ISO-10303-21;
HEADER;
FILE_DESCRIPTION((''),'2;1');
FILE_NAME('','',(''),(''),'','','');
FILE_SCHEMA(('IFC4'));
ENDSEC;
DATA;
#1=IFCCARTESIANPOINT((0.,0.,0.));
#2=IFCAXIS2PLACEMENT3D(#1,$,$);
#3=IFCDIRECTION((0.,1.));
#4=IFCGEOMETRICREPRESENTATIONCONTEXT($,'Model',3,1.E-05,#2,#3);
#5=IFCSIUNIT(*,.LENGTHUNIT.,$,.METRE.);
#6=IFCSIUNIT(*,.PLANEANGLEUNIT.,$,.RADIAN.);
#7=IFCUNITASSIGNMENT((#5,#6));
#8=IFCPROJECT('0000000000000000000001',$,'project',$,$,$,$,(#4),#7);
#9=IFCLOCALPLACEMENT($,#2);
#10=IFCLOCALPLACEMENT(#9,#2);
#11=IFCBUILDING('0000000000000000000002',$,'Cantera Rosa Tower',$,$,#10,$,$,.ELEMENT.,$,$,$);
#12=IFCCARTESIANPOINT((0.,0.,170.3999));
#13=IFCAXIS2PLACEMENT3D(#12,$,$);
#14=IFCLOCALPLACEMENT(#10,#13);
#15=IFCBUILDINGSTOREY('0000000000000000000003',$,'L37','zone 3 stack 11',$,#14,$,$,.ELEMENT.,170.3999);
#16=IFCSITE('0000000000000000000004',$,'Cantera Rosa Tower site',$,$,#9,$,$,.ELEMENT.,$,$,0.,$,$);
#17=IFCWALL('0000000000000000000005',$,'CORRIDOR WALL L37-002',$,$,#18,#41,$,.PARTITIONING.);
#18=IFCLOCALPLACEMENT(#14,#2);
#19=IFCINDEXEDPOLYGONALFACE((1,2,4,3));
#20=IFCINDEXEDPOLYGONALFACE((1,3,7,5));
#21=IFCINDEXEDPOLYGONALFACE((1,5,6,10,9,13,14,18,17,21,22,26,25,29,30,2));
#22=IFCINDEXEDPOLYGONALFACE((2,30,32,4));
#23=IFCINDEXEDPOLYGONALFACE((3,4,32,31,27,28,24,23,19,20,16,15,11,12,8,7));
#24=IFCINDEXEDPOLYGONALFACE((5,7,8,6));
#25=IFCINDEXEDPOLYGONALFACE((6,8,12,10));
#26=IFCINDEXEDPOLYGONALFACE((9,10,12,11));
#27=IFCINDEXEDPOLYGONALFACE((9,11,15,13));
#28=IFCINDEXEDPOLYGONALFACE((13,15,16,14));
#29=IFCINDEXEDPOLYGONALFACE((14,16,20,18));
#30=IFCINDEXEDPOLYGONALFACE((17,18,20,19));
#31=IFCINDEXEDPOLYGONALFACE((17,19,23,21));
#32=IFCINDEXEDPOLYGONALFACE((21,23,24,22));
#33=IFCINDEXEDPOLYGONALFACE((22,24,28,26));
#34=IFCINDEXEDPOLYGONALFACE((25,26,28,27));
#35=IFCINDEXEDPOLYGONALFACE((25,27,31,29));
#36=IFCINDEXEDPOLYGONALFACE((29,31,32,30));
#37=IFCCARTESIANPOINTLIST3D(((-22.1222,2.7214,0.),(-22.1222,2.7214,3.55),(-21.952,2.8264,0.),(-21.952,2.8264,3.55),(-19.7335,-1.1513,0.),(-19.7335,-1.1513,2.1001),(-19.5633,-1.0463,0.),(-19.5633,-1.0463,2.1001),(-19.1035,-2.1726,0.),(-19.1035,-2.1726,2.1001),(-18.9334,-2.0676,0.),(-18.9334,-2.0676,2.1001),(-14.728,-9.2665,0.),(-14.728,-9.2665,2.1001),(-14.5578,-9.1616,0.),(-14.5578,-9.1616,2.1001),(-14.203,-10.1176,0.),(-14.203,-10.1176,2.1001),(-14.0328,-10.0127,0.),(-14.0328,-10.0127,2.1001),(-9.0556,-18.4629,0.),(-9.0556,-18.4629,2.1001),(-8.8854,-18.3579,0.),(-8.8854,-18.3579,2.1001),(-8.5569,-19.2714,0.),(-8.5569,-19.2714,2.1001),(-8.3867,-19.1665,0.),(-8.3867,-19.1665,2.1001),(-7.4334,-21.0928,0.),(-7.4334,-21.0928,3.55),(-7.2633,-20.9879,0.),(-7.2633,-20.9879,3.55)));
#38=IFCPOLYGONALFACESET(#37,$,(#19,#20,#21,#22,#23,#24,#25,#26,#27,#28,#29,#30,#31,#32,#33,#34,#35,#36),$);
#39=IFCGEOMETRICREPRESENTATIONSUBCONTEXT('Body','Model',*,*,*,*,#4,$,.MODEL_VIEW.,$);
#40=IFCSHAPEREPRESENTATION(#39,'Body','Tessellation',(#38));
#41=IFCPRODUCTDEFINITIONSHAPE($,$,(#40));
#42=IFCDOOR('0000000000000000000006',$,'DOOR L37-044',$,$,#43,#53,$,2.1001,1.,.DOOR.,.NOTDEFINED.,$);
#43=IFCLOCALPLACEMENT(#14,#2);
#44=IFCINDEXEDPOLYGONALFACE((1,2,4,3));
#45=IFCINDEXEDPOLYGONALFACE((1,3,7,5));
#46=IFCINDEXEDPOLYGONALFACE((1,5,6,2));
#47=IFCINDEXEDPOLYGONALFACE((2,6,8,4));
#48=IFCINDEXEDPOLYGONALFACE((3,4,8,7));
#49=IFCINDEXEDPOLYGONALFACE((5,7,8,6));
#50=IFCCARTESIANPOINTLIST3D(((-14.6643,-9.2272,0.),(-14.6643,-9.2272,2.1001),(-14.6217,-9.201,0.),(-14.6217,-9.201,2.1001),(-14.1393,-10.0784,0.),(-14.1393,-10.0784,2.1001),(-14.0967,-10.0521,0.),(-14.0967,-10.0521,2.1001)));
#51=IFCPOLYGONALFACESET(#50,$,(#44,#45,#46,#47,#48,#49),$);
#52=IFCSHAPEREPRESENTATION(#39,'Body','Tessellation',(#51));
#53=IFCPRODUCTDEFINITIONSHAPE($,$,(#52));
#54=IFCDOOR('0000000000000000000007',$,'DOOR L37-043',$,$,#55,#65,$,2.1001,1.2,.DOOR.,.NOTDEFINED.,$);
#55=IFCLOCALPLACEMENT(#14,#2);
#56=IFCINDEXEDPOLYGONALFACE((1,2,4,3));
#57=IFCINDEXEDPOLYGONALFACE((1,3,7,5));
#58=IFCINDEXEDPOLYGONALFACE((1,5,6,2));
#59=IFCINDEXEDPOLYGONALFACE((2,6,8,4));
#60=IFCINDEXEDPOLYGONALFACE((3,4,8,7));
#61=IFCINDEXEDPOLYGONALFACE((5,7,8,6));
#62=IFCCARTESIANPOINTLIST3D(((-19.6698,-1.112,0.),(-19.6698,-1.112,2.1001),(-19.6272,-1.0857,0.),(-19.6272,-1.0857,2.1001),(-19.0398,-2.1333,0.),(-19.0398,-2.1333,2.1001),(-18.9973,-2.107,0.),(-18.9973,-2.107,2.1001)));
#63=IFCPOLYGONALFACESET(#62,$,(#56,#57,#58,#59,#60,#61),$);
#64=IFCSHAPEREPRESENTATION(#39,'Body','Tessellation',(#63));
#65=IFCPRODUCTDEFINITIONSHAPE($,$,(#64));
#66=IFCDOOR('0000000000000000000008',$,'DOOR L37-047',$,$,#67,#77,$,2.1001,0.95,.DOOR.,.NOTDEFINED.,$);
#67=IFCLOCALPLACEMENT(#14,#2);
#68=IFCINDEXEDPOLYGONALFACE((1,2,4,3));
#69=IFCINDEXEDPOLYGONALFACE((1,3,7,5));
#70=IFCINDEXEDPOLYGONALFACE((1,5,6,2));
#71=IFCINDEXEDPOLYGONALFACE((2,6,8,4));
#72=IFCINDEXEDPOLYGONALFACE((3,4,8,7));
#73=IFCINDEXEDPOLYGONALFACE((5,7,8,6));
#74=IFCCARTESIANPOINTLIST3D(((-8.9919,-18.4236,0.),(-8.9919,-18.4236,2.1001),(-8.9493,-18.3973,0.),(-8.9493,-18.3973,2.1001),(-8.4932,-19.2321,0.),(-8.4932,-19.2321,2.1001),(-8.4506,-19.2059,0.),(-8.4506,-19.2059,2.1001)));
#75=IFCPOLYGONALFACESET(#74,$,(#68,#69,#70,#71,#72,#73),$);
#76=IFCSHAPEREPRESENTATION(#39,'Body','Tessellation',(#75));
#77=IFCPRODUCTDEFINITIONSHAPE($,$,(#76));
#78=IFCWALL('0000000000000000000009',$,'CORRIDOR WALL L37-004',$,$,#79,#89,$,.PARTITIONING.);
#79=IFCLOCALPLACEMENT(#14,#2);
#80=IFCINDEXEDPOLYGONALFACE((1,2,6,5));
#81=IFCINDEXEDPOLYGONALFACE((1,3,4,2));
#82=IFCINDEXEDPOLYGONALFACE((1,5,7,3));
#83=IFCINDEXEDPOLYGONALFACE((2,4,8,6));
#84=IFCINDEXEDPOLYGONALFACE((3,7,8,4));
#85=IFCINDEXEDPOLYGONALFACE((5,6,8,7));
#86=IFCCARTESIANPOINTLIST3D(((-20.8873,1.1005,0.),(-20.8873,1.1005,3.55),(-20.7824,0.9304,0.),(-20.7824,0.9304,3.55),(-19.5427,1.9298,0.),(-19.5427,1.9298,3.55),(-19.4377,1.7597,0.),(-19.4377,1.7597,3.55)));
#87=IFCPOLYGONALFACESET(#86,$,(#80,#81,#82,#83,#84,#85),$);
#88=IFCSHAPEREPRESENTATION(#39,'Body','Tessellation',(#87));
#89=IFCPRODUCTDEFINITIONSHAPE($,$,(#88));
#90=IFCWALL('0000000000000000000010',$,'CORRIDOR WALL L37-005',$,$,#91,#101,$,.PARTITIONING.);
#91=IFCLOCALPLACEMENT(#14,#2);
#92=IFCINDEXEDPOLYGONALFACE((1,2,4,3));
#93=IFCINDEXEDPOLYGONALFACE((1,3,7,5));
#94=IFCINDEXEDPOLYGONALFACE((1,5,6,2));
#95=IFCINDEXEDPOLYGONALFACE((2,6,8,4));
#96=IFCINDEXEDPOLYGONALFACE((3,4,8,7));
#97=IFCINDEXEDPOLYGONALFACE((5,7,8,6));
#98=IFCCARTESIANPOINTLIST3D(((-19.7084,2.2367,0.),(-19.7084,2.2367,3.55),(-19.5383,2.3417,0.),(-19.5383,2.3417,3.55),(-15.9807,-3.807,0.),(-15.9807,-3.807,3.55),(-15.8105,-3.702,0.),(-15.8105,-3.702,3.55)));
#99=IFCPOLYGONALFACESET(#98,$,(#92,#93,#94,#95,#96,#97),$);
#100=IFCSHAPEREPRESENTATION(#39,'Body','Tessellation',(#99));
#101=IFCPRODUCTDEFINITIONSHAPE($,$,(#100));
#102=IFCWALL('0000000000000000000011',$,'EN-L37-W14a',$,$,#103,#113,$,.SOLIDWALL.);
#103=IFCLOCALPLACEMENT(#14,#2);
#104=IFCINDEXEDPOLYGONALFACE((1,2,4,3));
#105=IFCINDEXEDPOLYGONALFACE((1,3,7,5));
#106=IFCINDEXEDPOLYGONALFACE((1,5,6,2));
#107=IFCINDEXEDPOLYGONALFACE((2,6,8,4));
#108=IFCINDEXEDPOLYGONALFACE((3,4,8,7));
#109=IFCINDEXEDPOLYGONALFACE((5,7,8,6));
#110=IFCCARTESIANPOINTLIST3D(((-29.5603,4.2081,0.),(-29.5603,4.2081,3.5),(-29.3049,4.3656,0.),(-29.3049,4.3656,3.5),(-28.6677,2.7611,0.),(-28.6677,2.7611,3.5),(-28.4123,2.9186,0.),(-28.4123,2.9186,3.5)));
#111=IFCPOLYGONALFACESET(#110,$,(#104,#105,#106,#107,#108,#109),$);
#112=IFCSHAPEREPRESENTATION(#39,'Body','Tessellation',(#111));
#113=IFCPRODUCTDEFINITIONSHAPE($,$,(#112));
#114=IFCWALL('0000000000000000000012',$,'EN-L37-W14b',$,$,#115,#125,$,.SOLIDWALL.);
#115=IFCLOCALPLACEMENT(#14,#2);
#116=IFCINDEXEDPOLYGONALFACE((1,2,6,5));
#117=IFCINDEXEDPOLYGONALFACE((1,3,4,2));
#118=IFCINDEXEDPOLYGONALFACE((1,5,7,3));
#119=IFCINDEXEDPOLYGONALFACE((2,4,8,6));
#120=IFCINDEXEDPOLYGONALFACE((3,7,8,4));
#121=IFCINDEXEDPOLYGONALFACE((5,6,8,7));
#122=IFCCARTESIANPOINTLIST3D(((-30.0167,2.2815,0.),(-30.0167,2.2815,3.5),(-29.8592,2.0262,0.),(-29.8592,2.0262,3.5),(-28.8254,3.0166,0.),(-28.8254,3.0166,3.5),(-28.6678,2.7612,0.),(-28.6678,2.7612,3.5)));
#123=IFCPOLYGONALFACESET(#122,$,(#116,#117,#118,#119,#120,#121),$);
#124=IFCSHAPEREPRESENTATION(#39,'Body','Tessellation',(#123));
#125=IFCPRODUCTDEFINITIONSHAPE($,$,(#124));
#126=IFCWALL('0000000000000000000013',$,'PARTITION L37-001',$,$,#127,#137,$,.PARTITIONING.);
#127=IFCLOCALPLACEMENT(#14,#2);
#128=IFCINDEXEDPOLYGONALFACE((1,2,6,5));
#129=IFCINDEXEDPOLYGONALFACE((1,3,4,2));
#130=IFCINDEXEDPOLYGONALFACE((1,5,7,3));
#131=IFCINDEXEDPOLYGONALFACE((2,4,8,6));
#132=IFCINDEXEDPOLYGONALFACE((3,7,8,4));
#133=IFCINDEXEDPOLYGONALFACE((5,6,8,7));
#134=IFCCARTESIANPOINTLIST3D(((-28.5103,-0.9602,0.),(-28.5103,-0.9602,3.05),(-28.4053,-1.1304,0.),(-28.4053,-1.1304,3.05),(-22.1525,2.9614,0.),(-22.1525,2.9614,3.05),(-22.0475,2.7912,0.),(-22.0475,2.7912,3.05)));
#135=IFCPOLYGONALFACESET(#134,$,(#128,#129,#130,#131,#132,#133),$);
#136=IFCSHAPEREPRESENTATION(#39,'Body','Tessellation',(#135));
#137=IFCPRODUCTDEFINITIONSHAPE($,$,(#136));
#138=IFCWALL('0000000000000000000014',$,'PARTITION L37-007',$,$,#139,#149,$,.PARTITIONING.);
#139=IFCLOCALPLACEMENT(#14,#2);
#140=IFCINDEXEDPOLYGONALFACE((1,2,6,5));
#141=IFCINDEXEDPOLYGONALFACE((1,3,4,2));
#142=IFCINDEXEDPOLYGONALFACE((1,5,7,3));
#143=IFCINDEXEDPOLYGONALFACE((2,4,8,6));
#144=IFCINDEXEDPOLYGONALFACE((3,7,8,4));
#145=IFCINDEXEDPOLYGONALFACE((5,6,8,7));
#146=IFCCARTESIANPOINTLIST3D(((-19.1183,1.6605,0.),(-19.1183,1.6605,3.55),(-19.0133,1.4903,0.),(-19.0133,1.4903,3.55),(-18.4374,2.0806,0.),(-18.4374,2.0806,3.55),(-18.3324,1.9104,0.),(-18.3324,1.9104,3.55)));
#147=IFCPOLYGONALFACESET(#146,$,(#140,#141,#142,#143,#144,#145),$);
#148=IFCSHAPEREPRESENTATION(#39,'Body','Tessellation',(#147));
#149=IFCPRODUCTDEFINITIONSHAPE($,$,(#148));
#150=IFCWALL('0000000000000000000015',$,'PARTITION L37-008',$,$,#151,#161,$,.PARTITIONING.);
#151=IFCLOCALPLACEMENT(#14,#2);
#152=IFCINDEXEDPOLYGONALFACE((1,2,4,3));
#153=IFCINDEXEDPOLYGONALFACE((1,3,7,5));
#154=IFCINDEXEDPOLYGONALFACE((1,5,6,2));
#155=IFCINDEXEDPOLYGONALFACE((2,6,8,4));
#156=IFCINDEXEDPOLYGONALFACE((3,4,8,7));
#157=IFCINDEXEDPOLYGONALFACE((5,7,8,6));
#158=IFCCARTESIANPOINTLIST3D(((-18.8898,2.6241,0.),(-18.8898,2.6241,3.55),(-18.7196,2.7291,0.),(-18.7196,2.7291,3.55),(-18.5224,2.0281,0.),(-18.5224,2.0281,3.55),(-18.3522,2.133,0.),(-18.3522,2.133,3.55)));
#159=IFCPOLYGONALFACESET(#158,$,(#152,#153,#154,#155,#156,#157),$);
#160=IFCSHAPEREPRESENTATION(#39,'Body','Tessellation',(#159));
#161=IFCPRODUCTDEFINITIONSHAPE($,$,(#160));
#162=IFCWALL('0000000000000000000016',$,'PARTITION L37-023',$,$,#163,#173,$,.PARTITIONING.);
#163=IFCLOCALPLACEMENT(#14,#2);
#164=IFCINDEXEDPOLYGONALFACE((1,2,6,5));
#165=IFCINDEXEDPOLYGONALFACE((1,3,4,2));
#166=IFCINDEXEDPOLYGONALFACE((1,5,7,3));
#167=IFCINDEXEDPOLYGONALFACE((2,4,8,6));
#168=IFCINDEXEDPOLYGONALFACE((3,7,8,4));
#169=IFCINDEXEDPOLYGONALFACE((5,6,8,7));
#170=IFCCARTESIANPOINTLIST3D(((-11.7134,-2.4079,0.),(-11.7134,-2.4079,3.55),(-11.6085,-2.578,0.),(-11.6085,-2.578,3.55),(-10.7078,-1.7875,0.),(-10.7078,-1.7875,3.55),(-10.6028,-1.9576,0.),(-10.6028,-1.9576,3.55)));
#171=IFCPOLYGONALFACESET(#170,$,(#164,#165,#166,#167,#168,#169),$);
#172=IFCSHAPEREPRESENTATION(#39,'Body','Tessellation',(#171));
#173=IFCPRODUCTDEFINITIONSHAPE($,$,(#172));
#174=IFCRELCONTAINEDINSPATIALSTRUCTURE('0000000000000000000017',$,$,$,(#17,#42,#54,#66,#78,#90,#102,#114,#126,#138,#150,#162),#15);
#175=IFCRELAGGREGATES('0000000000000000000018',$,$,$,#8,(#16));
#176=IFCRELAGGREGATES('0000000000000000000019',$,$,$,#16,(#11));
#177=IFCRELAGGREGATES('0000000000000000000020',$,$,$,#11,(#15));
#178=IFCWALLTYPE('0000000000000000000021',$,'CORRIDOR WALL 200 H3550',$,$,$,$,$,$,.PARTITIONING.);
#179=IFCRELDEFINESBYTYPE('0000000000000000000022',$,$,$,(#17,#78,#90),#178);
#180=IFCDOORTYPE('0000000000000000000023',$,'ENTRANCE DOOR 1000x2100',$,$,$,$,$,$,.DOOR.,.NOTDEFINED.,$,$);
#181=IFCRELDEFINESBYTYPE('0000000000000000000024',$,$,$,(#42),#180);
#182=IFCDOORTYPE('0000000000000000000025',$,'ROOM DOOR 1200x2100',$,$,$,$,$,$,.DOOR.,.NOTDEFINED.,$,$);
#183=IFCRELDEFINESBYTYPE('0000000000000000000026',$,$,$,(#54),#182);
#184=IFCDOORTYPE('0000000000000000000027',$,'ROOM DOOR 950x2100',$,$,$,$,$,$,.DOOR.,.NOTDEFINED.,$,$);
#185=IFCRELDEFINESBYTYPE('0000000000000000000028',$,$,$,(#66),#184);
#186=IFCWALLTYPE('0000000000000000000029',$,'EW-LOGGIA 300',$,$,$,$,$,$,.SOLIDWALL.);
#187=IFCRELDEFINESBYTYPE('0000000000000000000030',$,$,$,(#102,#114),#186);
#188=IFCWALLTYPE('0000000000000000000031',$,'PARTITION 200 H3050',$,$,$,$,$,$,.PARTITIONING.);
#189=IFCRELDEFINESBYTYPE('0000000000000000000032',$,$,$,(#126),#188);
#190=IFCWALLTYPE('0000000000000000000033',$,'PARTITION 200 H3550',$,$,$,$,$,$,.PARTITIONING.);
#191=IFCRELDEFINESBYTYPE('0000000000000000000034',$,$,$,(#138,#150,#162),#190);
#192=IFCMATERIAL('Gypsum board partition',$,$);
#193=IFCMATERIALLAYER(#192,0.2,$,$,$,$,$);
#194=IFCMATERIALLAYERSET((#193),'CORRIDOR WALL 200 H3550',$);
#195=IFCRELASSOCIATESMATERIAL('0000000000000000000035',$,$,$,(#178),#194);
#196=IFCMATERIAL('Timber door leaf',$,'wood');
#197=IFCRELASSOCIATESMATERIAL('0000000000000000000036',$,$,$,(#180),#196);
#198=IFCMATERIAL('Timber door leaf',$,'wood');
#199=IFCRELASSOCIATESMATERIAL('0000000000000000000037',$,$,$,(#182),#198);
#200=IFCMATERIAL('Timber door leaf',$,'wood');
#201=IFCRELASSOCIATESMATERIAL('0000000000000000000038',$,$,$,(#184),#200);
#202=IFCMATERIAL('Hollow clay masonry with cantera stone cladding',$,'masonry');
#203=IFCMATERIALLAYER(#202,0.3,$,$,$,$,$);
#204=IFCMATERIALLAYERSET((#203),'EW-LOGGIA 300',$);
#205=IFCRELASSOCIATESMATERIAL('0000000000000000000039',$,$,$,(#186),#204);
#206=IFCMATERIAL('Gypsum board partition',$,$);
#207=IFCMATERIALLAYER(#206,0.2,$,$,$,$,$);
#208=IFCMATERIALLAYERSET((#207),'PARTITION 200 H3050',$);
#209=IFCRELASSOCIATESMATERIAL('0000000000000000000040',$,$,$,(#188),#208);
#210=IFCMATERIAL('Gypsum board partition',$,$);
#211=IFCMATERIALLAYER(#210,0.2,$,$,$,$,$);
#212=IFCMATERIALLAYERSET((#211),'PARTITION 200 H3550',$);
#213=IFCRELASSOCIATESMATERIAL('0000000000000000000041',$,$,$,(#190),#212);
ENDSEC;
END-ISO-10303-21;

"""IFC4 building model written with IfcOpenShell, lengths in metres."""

from ifc_helpers import new_model, si_unit, direction, frame, frame_2d, origin, place, context, subcontext, project, spatial, rectangle, extrude, material, layer, layer_set, type_object, element, fill, save


model = new_model("IFC4")

# Units and contexts
model_context = context("Model", 3, precision=1e-05, world=origin(), true_north=direction((0.0, 1.0)))
body_context = subcontext(model_context, "Body", "Model", "MODEL_VIEW")
ifc_project = project(units=[si_unit("LENGTHUNIT", "METRE"), si_unit("PLANEANGLEUNIT", "RADIAN")], contexts=[model_context])

# Site, building, storey
site_placement = place(None, origin())
site = spatial("IfcSite", under=ifc_project, at=site_placement, Name="Cantera Rosa Tower site", CompositionType="ELEMENT", RefElevation=0.0)
building_placement = place(site_placement, origin())
building = spatial("IfcBuilding", under=site, at=building_placement, Name="Cantera Rosa Tower", CompositionType="ELEMENT")
storey_placement = place(building_placement, frame((0.0, 0.0, 170.3999)))
storey = spatial("IfcBuildingStorey", under=building, at=storey_placement, Name="L37", Description="zone 3 stack 11", CompositionType="ELEMENT", Elevation=170.3999)

# Wall, openings, doors
ifc_material_1 = material(Name="Gypsum board partition")
ifc_layer_1 = layer(ifc_material_1, 0.2)
ifc_layer_set_1 = layer_set([ifc_layer_1], Name="CORRIDOR WALL 200 H3550")
wall_type_1 = type_object("IfcWallType", Name="CORRIDOR WALL 200 H3550", PredefinedType="PARTITIONING", material=ifc_layer_set_1)
wall_1_placement = place(storey_placement, frame((-22.0371, 2.7739, 0.0), z_axis=(0.0, 0.0, 1.0), x_axis=(0.524974, -0.851118, 0.0)))
wall_1 = element("IfcWall", 1, at=wall_1_placement, inside=storey, type_object=wall_type_1, Name="CORRIDOR WALL L37-002", PredefinedType="PARTITIONING", context=body_context, shape_type="SweptSolid", body=[
    extrude(rectangle(XDim=27.98, YDim=0.2, at=frame_2d((13.99, 0.0))), origin(), (0.0, 0.0, 1.0), 3.55),
])
opening_1_placement = place(wall_1_placement, frame((4.55, 0.0, 0.0)))
opening_1 = element("IfcOpeningElement", 2, at=opening_1_placement, cuts=wall_1, PredefinedType="OPENING", context=body_context, shape_type="SweptSolid", body=[
    extrude(rectangle(XDim=1.2, YDim=2.1001, at=frame_2d((0.6001, 1.05))), frame((0.0, 0.1099, 0.0), z_axis=(0.0, -1.0, 0.0), x_axis=(1.0, 0.0, 0.0)), (0.0, 0.0, 1.0), 0.22),
])
opening_2_placement = place(wall_1_placement, frame((14.085, 0.0, 0.0)))
opening_2 = element("IfcOpeningElement", 3, at=opening_2_placement, cuts=wall_1, PredefinedType="OPENING", context=body_context, shape_type="SweptSolid", body=[
    extrude(rectangle(XDim=1.0, YDim=2.1001, at=frame_2d((0.5, 1.05))), frame((0.0, 0.1099, 0.0), z_axis=(0.0, -1.0, 0.0), x_axis=(1.0, 0.0, 0.0)), (0.0, 0.0, 1.0), 0.22),
])
opening_3_placement = place(wall_1_placement, frame((24.8899, 0.0, 0.0)))
opening_3 = element("IfcOpeningElement", 4, at=opening_3_placement, cuts=wall_1, PredefinedType="OPENING", context=body_context, shape_type="SweptSolid", body=[
    extrude(rectangle(XDim=0.95, YDim=2.1001, at=frame_2d((0.4751, 1.05))), frame((0.0, 0.1099, 0.0), z_axis=(0.0, -1.0, 0.0), x_axis=(1.0, 0.0, 0.0)), (0.0, 0.0, 1.0), 0.22),
])
ifc_material_2 = material(Name="Timber door leaf", Category="wood")
door_type_1 = type_object("IfcDoorType", Name="ENTRANCE DOOR 1000x2100", OperationType="NOTDEFINED", PredefinedType="DOOR", material=ifc_material_2)
door_1_placement = place(opening_2_placement, origin())
door_1 = element("IfcDoor", 5, at=door_1_placement, inside=storey, type_object=door_type_1, Name="DOOR L37-044", OperationType="NOTDEFINED", OverallHeight=2.1001, OverallWidth=1.0, PredefinedType="DOOR", context=body_context, shape_type="SweptSolid", body=[
    extrude(rectangle(XDim=1.0, YDim=2.1001, at=frame_2d((0.5, 1.05))), frame((0.0, 0.0249, 0.0), z_axis=(0.0, -1.0, 0.0), x_axis=(1.0, 0.0, 0.0)), (0.0, 0.0, 1.0), 0.05),
])
fill(opening_2, door_1)
ifc_material_3 = material(Name="Timber door leaf", Category="wood")
door_type_2 = type_object("IfcDoorType", Name="ROOM DOOR 1200x2100", OperationType="NOTDEFINED", PredefinedType="DOOR", material=ifc_material_3)
door_2_placement = place(opening_1_placement, origin())
door_2 = element("IfcDoor", 6, at=door_2_placement, inside=storey, type_object=door_type_2, Name="DOOR L37-043", OperationType="NOTDEFINED", OverallHeight=2.1001, OverallWidth=1.2, PredefinedType="DOOR", context=body_context, shape_type="SweptSolid", body=[
    extrude(rectangle(XDim=1.2, YDim=2.1001, at=frame_2d((0.6001, 1.05))), frame((0.0, 0.0249, 0.0), z_axis=(0.0, -1.0, 0.0), x_axis=(1.0, 0.0, 0.0)), (0.0, 0.0, 1.0), 0.05),
])
fill(opening_1, door_2)
ifc_material_4 = material(Name="Timber door leaf", Category="wood")
door_type_3 = type_object("IfcDoorType", Name="ROOM DOOR 950x2100", OperationType="NOTDEFINED", PredefinedType="DOOR", material=ifc_material_4)
door_3_placement = place(opening_3_placement, origin())
door_3 = element("IfcDoor", 7, at=door_3_placement, inside=storey, type_object=door_type_3, Name="DOOR L37-047", OperationType="NOTDEFINED", OverallHeight=2.1001, OverallWidth=0.95, PredefinedType="DOOR", context=body_context, shape_type="SweptSolid", body=[
    extrude(rectangle(XDim=0.95, YDim=2.1001, at=frame_2d((0.4751, 1.05))), frame((0.0, 0.0249, 0.0), z_axis=(0.0, -1.0, 0.0), x_axis=(1.0, 0.0, 0.0)), (0.0, 0.0, 1.0), 0.05),
])
fill(opening_3, door_3)

# Walls
wall_2_placement = place(storey_placement, frame((-20.835, 1.0154, 0.0), z_axis=(0.0, 0.0, 1.0), x_axis=(0.851143, 0.524933, 0.0)))
element("IfcWall", 8, at=wall_2_placement, inside=storey, type_object=wall_type_1, Name="CORRIDOR WALL L37-004", PredefinedType="PARTITIONING", context=body_context, shape_type="SweptSolid", body=[
    extrude(rectangle(XDim=1.5798, YDim=0.2, at=frame_2d((0.79, 0.0))), origin(), (0.0, 0.0, 1.0), 3.55),
])
wall_3_placement = place(storey_placement, frame((-19.6233, 2.2891, 0.0), z_axis=(0.0, 0.0, 1.0), x_axis=(0.524974, -0.851118, 0.0)))
element("IfcWall", 9, at=wall_3_placement, inside=storey, type_object=wall_type_1, Name="CORRIDOR WALL L37-005", PredefinedType="PARTITIONING", context=body_context, shape_type="SweptSolid", body=[
    extrude(rectangle(XDim=7.1008, YDim=0.2, at=frame_2d((3.5503, 0.0))), origin(), (0.0, 0.0, 1.0), 3.55),
])
ifc_material_5 = material(Name="Hollow clay masonry with cantera stone cladding", Category="masonry")
ifc_layer_2 = layer(ifc_material_5, 0.3)
ifc_layer_set_2 = layer_set([ifc_layer_2], Name="EW-LOGGIA 300")
wall_type_2 = type_object("IfcWallType", Name="EW-LOGGIA 300", PredefinedType="SOLIDWALL", material=ifc_layer_set_2)
wall_4_placement = place(storey_placement, frame((-29.4326, 4.2869, 0.0), z_axis=(0.0, 0.0, 1.0), x_axis=(0.524994, -0.851106, 0.0)))
element("IfcWall", 10, at=wall_4_placement, inside=storey, type_object=wall_type_2, Name="EN-L37-W14a", PredefinedType="SOLIDWALL", context=body_context, shape_type="SweptSolid", body=[
    extrude(rectangle(XDim=1.7002, YDim=0.3, at=frame_2d((0.8501, 0.0))), origin(), (0.0, 0.0, 1.0), 3.5),
])
wall_5_placement = place(storey_placement, frame((-28.7466, 2.8889, 0.0), z_axis=(0.0, 0.0, 1.0), x_axis=(-0.851041, -0.525099, 0.0)))
element("IfcWall", 11, at=wall_5_placement, inside=storey, type_object=wall_type_2, Name="EN-L37-W14b", PredefinedType="SOLIDWALL", context=body_context, shape_type="SweptSolid", body=[
    extrude(rectangle(XDim=1.3999, YDim=0.3, at=frame_2d((0.7, 0.0))), origin(), (0.0, 0.0, 1.0), 3.5),
])

# Walls
ifc_material_6 = material(Name="Gypsum board partition")
ifc_layer_3 = layer(ifc_material_6, 0.2)
ifc_layer_set_3 = layer_set([ifc_layer_3], Name="PARTITION 200 H3050")
wall_type_3 = type_object("IfcWallType", Name="PARTITION 200 H3050", PredefinedType="PARTITIONING", material=ifc_layer_set_3)
wall_6_placement = place(storey_placement, frame((-22.1001, 2.8762, 0.0), z_axis=(0.0, 0.0, 1.0), x_axis=(-0.851116, -0.524978, 0.0)))
element("IfcWall", 12, at=wall_6_placement, inside=storey, type_object=wall_type_3, Name="PARTITION L37-001", PredefinedType="PARTITIONING", context=body_context, shape_type="SweptSolid", body=[
    extrude(rectangle(XDim=7.47, YDim=0.2, at=frame_2d((3.7349, 0.0))), origin(), (0.0, 0.0, 1.0), 3.05),
])
ifc_material_7 = material(Name="Gypsum board partition")
ifc_layer_4 = layer(ifc_material_7, 0.2)
ifc_layer_set_4 = layer_set([ifc_layer_4], Name="PARTITION 200 H3550")
wall_type_4 = type_object("IfcWallType", Name="PARTITION 200 H3550", PredefinedType="PARTITIONING", material=ifc_layer_set_4)
wall_7_placement = place(storey_placement, frame((-19.0657, 1.5754, 0.0), z_axis=(0.0, 0.0, 1.0), x_axis=(0.851019, 0.525136, 0.0)))
element("IfcWall", 13, at=wall_7_placement, inside=storey, type_object=wall_type_4, Name="PARTITION L37-007", PredefinedType="PARTITIONING", context=body_context, shape_type="SweptSolid", body=[
    extrude(rectangle(XDim=0.8, YDim=0.2, at=frame_2d((0.3999, 0.0))), origin(), (0.0, 0.0, 1.0), 3.55),
])
wall_8_placement = place(storey_placement, frame((-18.4373, 2.0806, 0.0), z_axis=(0.0, 0.0, 1.0), x_axis=(-0.524817, 0.851215, 0.0)))
element("IfcWall", 14, at=wall_8_placement, inside=storey, type_object=wall_type_4, Name="PARTITION L37-008", PredefinedType="PARTITIONING", context=body_context, shape_type="SweptSolid", body=[
    extrude(rectangle(XDim=0.7002, YDim=0.2, at=frame_2d((0.3501, 0.0))), origin(), (0.0, 0.0, 1.0), 3.55),
])
wall_9_placement = place(storey_placement, frame((-10.6553, -1.8726, 0.0), z_axis=(0.0, 0.0, 1.0), x_axis=(-0.851083, -0.525031, 0.0)))
element("IfcWall", 15, at=wall_9_placement, inside=storey, type_object=wall_type_4, Name="PARTITION L37-023", PredefinedType="PARTITIONING", context=body_context, shape_type="SweptSolid", body=[
    extrude(rectangle(XDim=1.1816, YDim=0.2, at=frame_2d((0.5908, 0.0))), origin(), (0.0, 0.0, 1.0), 3.55),
])

save(model, "model.ifc")
